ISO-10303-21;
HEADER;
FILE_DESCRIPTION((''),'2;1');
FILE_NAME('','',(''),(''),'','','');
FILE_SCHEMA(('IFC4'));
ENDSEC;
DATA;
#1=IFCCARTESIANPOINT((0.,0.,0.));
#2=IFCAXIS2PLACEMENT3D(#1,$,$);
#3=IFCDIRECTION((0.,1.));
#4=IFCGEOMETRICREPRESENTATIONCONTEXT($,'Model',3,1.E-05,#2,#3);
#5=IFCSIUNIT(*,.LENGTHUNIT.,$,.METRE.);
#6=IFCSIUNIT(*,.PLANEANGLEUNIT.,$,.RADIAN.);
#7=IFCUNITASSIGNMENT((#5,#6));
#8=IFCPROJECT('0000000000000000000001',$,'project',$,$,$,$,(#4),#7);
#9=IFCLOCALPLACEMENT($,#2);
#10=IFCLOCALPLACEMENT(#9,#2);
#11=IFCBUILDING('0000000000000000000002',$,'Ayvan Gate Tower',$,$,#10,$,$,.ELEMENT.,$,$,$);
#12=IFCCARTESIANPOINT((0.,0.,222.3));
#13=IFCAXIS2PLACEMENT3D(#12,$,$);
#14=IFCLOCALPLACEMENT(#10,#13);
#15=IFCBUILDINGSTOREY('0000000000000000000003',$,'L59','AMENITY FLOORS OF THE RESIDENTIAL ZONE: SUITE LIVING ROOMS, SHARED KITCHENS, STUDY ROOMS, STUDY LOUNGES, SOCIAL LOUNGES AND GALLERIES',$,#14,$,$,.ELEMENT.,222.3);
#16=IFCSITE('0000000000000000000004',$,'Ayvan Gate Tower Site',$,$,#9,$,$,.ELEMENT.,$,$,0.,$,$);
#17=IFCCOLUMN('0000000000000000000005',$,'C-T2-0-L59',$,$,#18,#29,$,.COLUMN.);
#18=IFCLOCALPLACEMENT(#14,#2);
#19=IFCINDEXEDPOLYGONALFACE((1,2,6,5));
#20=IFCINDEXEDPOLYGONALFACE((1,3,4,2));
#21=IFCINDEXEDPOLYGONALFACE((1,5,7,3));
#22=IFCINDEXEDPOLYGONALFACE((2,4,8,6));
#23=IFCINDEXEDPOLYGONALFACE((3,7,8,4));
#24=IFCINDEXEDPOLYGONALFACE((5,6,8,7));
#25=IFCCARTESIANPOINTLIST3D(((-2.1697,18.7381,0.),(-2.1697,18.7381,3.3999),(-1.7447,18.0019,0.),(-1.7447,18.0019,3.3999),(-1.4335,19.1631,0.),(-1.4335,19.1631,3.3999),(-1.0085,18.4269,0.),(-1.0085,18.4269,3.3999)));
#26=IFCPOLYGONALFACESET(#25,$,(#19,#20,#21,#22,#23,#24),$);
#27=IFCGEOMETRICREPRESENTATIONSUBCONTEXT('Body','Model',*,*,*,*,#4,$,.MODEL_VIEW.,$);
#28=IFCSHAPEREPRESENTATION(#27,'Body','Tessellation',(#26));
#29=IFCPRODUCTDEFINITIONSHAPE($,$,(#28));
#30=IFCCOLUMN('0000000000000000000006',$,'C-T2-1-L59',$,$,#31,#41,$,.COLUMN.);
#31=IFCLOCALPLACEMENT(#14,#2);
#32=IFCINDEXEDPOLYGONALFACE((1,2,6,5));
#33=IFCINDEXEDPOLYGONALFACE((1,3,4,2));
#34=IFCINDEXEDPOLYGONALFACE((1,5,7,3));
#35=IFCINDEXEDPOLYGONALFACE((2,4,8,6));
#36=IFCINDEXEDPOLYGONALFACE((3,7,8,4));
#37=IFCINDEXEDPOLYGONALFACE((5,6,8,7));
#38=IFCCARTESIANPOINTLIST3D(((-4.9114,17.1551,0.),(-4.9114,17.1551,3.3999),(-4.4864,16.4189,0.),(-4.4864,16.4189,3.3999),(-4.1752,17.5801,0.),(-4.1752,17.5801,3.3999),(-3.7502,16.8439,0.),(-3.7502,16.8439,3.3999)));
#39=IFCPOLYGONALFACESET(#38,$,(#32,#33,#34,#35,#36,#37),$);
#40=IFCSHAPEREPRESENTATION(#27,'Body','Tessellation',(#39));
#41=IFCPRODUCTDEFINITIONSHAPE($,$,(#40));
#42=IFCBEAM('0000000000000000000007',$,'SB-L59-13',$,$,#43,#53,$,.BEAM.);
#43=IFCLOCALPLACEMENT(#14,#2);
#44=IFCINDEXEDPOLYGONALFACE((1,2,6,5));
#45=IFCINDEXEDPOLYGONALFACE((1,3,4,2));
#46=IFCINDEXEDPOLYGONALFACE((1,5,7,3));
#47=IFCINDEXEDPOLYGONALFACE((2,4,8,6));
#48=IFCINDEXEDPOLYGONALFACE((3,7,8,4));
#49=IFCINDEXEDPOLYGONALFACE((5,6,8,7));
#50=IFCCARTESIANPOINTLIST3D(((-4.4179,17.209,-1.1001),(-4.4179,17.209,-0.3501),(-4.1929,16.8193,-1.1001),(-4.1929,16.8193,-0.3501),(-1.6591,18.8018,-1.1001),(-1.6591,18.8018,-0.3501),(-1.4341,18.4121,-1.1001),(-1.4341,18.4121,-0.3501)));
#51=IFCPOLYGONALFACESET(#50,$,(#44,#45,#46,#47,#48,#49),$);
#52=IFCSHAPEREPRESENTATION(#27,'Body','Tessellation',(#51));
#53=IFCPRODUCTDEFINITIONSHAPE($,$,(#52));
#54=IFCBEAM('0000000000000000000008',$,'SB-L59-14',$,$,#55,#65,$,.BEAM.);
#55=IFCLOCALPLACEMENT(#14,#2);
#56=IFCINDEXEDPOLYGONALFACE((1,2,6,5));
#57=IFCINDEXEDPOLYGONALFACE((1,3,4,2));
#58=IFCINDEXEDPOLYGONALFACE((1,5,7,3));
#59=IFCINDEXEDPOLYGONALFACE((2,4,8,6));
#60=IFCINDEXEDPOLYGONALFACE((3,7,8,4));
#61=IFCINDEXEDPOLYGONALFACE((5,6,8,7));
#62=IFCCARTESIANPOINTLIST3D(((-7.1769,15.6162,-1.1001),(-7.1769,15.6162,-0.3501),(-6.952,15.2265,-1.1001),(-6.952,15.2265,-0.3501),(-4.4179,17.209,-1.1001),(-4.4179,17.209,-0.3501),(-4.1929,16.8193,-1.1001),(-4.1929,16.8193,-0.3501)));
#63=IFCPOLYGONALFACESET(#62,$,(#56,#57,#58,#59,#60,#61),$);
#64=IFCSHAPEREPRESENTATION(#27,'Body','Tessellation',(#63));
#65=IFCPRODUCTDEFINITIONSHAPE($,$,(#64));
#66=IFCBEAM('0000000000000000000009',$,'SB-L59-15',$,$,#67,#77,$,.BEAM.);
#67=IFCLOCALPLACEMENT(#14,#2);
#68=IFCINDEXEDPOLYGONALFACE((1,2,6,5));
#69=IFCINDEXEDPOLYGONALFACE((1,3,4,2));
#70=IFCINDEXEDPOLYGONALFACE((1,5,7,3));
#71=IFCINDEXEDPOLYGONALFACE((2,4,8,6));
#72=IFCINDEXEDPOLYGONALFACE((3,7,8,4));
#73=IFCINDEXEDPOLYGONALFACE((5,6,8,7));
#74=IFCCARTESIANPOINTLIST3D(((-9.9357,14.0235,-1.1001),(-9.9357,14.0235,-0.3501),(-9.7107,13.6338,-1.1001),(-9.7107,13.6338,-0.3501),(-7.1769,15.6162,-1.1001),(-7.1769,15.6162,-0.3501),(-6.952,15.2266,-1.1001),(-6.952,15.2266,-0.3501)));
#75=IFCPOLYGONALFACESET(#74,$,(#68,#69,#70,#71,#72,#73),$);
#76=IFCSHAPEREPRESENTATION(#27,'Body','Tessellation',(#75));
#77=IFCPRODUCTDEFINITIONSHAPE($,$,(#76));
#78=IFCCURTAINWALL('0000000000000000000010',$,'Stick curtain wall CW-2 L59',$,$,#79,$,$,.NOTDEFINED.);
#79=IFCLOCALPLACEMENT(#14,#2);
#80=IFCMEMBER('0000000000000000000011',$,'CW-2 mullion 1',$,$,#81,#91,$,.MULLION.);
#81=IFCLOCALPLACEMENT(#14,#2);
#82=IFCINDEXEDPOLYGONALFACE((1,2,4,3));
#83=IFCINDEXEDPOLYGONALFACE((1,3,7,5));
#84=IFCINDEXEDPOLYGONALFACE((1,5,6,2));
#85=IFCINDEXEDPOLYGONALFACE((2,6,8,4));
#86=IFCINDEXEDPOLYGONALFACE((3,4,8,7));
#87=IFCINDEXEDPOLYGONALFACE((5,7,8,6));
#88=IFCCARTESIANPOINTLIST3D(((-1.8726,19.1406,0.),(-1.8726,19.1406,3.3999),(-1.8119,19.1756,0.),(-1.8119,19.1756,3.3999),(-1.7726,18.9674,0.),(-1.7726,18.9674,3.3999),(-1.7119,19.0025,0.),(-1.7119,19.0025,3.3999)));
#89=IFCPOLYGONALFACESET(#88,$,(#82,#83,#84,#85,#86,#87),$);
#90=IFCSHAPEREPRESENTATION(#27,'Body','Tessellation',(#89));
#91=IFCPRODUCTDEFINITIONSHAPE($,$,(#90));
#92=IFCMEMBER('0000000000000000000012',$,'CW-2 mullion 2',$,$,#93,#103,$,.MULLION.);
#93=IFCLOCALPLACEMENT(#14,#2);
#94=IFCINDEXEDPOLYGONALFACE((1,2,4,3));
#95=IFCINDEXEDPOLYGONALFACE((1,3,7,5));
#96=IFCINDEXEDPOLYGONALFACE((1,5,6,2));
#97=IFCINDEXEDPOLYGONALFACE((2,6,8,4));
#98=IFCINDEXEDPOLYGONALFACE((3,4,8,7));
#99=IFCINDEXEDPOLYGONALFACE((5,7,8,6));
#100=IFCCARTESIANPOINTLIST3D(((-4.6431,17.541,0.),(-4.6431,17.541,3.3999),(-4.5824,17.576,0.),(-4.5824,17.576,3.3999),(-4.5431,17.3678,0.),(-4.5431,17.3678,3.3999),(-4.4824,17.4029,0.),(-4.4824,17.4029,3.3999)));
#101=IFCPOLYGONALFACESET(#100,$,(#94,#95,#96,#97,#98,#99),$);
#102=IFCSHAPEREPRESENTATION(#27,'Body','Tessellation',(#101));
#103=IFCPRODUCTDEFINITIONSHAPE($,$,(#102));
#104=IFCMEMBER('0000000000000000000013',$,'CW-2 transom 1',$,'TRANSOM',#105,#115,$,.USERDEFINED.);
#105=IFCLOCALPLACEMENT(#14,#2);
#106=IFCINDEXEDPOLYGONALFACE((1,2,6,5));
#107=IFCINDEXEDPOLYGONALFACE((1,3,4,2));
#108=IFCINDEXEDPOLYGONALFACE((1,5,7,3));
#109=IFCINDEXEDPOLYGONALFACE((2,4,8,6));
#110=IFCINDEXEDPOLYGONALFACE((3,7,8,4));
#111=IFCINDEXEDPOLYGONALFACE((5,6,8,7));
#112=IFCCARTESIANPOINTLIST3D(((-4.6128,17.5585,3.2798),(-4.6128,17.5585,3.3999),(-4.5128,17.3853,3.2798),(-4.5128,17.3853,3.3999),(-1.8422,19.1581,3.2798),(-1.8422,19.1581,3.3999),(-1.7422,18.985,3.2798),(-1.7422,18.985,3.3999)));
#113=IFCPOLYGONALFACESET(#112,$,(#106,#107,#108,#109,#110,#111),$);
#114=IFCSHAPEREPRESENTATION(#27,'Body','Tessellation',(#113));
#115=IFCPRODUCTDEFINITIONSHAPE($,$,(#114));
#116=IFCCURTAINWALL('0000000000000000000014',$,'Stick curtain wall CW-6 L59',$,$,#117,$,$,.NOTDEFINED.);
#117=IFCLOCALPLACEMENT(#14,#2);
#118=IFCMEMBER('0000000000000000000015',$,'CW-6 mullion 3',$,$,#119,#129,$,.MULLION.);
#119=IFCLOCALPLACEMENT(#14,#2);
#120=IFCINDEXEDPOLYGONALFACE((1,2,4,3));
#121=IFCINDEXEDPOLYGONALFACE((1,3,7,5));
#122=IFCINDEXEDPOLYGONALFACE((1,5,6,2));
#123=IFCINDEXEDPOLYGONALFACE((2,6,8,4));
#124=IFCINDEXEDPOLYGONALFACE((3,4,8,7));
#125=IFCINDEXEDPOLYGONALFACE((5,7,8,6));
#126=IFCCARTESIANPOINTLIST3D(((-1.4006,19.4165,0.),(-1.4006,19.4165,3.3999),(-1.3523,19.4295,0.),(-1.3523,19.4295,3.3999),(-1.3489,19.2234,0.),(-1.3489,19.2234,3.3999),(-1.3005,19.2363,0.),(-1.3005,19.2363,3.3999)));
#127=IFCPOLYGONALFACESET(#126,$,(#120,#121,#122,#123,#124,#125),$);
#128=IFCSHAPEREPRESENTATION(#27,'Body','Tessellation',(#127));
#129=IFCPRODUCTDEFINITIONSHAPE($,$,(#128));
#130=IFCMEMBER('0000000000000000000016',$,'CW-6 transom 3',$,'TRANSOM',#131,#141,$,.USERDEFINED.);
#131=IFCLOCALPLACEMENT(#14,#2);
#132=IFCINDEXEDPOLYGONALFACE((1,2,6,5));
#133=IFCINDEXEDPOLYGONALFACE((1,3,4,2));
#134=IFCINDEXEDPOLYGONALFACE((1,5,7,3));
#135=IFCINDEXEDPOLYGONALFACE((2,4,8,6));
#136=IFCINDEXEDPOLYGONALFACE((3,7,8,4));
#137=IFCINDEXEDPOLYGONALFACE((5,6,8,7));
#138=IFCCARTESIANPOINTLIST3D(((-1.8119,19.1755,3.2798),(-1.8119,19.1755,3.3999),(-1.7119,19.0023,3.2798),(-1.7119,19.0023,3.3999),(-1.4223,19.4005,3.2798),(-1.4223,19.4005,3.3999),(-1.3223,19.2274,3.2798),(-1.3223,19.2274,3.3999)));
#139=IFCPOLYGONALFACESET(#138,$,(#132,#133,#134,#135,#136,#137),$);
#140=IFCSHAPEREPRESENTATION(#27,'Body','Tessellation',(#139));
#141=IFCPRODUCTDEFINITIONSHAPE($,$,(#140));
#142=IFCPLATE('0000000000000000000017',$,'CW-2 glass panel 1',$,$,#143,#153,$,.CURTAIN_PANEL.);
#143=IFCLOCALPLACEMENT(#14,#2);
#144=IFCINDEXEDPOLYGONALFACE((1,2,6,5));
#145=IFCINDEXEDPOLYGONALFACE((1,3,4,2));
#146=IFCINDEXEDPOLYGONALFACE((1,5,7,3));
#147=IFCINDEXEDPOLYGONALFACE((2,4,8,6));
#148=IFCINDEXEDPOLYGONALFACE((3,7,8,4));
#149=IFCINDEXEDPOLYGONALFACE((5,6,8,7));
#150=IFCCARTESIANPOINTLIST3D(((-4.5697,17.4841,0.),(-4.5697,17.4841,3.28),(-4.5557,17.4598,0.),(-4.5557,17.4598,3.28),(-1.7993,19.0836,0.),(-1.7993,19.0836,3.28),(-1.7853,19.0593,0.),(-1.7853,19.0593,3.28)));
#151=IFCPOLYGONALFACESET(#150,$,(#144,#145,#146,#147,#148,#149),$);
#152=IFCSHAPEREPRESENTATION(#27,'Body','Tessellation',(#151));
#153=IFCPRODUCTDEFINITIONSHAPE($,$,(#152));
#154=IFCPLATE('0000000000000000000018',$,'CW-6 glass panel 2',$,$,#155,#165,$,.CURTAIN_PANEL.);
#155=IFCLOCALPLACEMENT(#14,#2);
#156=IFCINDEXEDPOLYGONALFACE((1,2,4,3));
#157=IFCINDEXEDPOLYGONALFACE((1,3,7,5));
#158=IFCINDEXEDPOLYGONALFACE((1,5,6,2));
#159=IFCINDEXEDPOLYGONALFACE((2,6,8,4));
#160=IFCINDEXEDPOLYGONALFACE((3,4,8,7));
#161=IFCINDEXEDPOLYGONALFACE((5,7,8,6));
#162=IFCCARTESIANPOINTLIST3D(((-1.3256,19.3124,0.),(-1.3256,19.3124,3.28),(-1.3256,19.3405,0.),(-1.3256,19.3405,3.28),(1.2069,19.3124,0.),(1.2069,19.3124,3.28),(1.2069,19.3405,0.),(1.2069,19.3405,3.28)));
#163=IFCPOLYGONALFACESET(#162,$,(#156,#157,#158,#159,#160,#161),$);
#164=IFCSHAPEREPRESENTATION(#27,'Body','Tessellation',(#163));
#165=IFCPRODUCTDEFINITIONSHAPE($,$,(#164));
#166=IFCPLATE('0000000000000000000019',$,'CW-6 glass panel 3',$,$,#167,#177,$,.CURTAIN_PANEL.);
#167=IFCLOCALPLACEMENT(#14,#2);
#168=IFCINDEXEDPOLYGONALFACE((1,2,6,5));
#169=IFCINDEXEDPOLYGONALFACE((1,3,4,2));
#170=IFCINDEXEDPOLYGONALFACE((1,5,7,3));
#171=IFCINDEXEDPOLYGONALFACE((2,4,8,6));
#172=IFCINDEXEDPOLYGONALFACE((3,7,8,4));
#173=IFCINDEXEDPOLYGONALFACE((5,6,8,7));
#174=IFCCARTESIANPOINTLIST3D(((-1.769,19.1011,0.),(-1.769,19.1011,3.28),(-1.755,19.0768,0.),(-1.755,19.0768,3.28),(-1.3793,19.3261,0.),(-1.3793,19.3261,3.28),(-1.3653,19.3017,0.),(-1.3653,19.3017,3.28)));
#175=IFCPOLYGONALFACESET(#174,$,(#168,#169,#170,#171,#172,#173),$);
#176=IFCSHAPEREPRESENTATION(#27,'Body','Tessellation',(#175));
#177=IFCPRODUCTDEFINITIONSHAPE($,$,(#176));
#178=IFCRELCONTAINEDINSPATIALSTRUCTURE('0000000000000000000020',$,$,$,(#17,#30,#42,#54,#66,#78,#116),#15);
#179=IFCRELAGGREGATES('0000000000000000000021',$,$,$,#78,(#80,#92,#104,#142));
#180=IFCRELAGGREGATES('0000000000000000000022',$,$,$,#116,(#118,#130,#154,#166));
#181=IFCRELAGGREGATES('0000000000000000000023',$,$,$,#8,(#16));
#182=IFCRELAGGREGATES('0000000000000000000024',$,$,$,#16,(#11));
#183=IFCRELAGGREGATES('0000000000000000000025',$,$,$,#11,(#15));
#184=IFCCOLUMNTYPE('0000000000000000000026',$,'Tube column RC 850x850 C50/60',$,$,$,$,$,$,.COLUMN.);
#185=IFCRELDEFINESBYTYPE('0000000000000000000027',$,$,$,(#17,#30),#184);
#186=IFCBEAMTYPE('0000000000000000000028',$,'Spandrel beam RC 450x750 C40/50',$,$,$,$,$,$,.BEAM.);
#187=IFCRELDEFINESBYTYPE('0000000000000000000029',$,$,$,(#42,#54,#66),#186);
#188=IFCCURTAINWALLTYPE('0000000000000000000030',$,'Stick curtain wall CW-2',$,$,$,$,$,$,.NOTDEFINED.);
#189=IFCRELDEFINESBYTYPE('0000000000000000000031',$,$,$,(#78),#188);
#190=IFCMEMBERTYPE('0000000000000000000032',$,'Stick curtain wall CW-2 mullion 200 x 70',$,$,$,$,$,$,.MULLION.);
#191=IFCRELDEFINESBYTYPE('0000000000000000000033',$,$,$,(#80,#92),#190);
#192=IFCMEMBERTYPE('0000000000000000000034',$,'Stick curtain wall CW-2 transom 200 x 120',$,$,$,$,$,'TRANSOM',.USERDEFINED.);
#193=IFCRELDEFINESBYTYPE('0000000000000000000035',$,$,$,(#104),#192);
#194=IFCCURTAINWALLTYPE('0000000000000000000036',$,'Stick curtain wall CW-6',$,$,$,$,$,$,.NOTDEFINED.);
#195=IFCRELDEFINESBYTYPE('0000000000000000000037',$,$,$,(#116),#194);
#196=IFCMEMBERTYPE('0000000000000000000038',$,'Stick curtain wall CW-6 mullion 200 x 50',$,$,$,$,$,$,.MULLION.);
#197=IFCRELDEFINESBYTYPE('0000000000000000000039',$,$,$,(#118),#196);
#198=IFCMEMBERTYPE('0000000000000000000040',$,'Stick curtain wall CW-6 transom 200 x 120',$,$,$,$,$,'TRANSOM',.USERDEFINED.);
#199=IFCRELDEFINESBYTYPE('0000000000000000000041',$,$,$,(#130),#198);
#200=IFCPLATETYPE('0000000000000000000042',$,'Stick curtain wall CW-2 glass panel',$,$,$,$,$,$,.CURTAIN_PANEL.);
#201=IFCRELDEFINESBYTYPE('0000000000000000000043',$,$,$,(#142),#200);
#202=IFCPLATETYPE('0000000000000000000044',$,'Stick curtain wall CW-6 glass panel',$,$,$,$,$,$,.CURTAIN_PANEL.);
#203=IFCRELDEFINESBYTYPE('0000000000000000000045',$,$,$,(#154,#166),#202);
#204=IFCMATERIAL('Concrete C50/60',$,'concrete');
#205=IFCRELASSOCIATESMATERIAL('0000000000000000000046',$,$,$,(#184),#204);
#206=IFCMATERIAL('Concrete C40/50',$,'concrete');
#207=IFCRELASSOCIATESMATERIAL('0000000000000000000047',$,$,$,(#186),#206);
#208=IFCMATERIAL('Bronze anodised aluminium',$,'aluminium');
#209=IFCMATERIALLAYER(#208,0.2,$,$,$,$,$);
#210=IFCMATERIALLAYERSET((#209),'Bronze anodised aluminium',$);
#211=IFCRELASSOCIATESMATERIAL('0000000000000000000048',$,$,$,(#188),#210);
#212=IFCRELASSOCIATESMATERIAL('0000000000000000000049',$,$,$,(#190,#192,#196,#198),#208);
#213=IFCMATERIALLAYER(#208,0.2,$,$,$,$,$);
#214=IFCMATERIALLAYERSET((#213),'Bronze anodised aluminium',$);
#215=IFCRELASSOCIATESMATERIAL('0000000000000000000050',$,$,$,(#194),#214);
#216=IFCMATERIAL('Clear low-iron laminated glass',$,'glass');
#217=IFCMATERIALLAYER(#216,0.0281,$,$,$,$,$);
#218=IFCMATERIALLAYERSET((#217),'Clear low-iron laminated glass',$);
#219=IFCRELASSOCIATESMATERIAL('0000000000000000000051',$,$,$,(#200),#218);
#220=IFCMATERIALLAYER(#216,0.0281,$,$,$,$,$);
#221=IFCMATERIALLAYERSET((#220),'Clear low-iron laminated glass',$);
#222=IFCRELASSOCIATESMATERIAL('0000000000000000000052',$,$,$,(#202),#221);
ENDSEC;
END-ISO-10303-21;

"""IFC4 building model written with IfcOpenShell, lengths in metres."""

from ifc_helpers import new_model, si_unit, direction, frame, origin, origin_2d, place, context, subcontext, project, spatial, rectangle, extrude, material, layer, layer_set, material_profile, profile_set, type_object, element, aggregate, save


model = new_model("IFC4")

# Units and contexts
model_context = context("Model", 3, precision=1e-05, world=origin(), true_north=direction((0.0, 1.0)))
body_context = subcontext(model_context, "Body", "Model", "MODEL_VIEW")
ifc_project = project(units=[si_unit("LENGTHUNIT", "METRE"), si_unit("PLANEANGLEUNIT", "RADIAN")], contexts=[model_context])

# Site, building, storey
site_placement = place(None, origin())
site = spatial("IfcSite", under=ifc_project, at=site_placement, Name="Ayvan Gate Tower Site", CompositionType="ELEMENT", RefElevation=0.0)
building_placement = place(site_placement, origin())
building = spatial("IfcBuilding", under=site, at=building_placement, Name="Ayvan Gate Tower", CompositionType="ELEMENT")
storey_placement = place(building_placement, frame((0.0, 0.0, 222.3)))
storey = spatial("IfcBuildingStorey", under=building, at=storey_placement, Name="L59", Description="AMENITY FLOORS OF THE RESIDENTIAL ZONE: SUITE LIVING ROOMS, SHARED KITCHENS, STUDY ROOMS, STUDY LOUNGES, SOCIAL LOUNGES AND GALLERIES", CompositionType="ELEMENT", Elevation=222.3)

# Columns
ifc_material_1 = material(Name="Concrete C50/60", Category="concrete")
ifc_material_profile_1 = material_profile(ifc_material_1, rectangle(XDim=0.8501, YDim=0.8501, at=origin_2d()), Name="RC 850x850")
ifc_profile_set_1 = profile_set([ifc_material_profile_1], Name="Concrete C50/60")
column_type = type_object("IfcColumnType", Name="Tube column RC 850x850 C50/60", PredefinedType="COLUMN", material=ifc_profile_set_1)
for number, where, z_axis, x_axis, name in (
    (1, (-1.5891, 18.5825, 0.0), (0.0, 0.0, 1.0), (-0.5, 0.866025, 0.0), "C-T2-0-L59"),
    (2, (-4.3308, 16.9995, 0.0), (0.0, 0.0, 1.0), (-0.5, 0.866025, 0.0), "C-T2-1-L59"),
):
    element("IfcColumn", number, at=place(storey_placement, frame(where, z_axis=z_axis, x_axis=x_axis)), inside=storey, type_object=column_type, Name=name, PredefinedType="COLUMN", context=body_context, shape_type="SweptSolid", body=[
        extrude(rectangle(XDim=0.8501, YDim=0.8501, at=origin_2d()), origin(), (0.0, 0.0, 1.0), 3.3999),
    ])

# Beams
ifc_material_2 = material(Name="Concrete C40/50", Category="concrete")
ifc_material_profile_2 = material_profile(ifc_material_2, rectangle(XDim=0.45, YDim=0.75, at=origin_2d()), Name="RC 450x750")
ifc_profile_set_2 = profile_set([ifc_material_profile_2], Name="Concrete C40/50")
beam_type = type_object("IfcBeamType", Name="Spandrel beam RC 450x750 C40/50", PredefinedType="BEAM", material=ifc_profile_set_2)
beam_1_placement = place(storey_placement, frame((-1.5466, 18.6069, -0.7251), z_axis=(-0.866027, -0.499997, 0.0), x_axis=(0.499997, -0.866027, 0.0)))
element("IfcBeam", 3, at=beam_1_placement, inside=storey, type_object=beam_type, Name="SB-L59-13", PredefinedType="BEAM", context=body_context, shape_type="SweptSolid", body=[
    extrude(rectangle(XDim=0.45, YDim=0.75, at=origin_2d()), origin(), (0.0, 0.0, 1.0), 3.1855),
])
beam_2_placement = place(storey_placement, frame((-4.3054, 17.0142, -0.7251), z_axis=(-0.866046, -0.499963, 0.0), x_axis=(0.499963, -0.866046, 0.0)))
element("IfcBeam", 4, at=beam_2_placement, inside=storey, type_object=beam_type, Name="SB-L59-14", PredefinedType="BEAM", context=body_context, shape_type="SweptSolid", body=[
    extrude(rectangle(XDim=0.45, YDim=0.75, at=origin_2d()), origin(), (0.0, 0.0, 1.0), 3.1858),
])
beam_3_placement = place(storey_placement, frame((-7.0645, 15.4214, -0.7251), z_axis=(-0.866027, -0.499997, 0.0), x_axis=(0.499997, -0.866027, 0.0)))
element("IfcBeam", 5, at=beam_3_placement, inside=storey, type_object=beam_type, Name="SB-L59-15", PredefinedType="BEAM", context=body_context, shape_type="SweptSolid", body=[
    extrude(rectangle(XDim=0.45, YDim=0.75, at=origin_2d()), origin(), (0.0, 0.0, 1.0), 3.1855),
])

# Curtain walls, members
ifc_material_3 = material(Name="Bronze anodised aluminium", Category="aluminium")
ifc_layer_1 = layer(ifc_material_3, 0.2)
ifc_layer_set_1 = layer_set([ifc_layer_1], Name="Bronze anodised aluminium")
curtain_wall_type_1 = type_object("IfcCurtainWallType", Name="Stick curtain wall CW-2", PredefinedType="NOTDEFINED", material=ifc_layer_set_1)
curtain_wall_1_placement = place(storey_placement, origin())
curtain_wall_1 = element("IfcCurtainWall", 6, at=curtain_wall_1_placement, inside=storey, type_object=curtain_wall_type_1, Name="Stick curtain wall CW-2 L59", PredefinedType="NOTDEFINED")
ifc_material_profile_3 = material_profile(ifc_material_3, rectangle(XDim=0.2, YDim=0.0701, at=origin_2d()), Name="Stick curtain wall CW-2 mullion 200 x 70")
ifc_profile_set_3 = profile_set([ifc_material_profile_3], Name="Bronze anodised aluminium")
member_type_1 = type_object("IfcMemberType", Name="Stick curtain wall CW-2 mullion 200 x 70", PredefinedType="MULLION", material=ifc_profile_set_3)
member_1_placement = place(storey_placement, frame((-1.7922, 19.0715, 0.0), z_axis=(0.0, 0.0, 1.0), x_axis=(-0.5, 0.866025, 0.0)))
member_1 = element("IfcMember", 7, at=member_1_placement, type_object=member_type_1, Name="CW-2 mullion 1", PredefinedType="MULLION", context=body_context, shape_type="SweptSolid", body=[
    extrude(rectangle(XDim=0.2, YDim=0.0701, at=origin_2d()), origin(), (0.0, 0.0, 1.0), 3.3999),
])
member_2_placement = place(storey_placement, frame((-4.5627, 17.4719, 0.0), z_axis=(0.0, 0.0, 1.0), x_axis=(-0.5, 0.866025, 0.0)))
member_2 = element("IfcMember", 8, at=member_2_placement, type_object=member_type_1, Name="CW-2 mullion 2", PredefinedType="MULLION", context=body_context, shape_type="SweptSolid", body=[
    extrude(rectangle(XDim=0.2, YDim=0.0701, at=origin_2d()), origin(), (0.0, 0.0, 1.0), 3.3999),
])
ifc_material_profile_4 = material_profile(ifc_material_3, rectangle(XDim=0.2, YDim=0.1201, at=origin_2d()), Name="Stick curtain wall CW-2 transom 200 x 120")
ifc_profile_set_4 = profile_set([ifc_material_profile_4], Name="Bronze anodised aluminium")
member_type_2 = type_object("IfcMemberType", Name="Stick curtain wall CW-2 transom 200 x 120", ElementType="TRANSOM", PredefinedType="USERDEFINED", material=ifc_profile_set_4)
member_3_placement = place(storey_placement, frame((-1.7922, 19.0715, 3.3398), z_axis=(-0.866018, -0.500013, 0.0), x_axis=(0.500013, -0.866018, 0.0)))
member_3 = element("IfcMember", 9, at=member_3_placement, type_object=member_type_2, Name="CW-2 transom 1", ObjectType="TRANSOM", PredefinedType="USERDEFINED", context=body_context, shape_type="SweptSolid", body=[
    extrude(rectangle(XDim=0.2, YDim=0.1201, at=origin_2d()), origin(), (0.0, 0.0, 1.0), 3.1992),
])
ifc_layer_2 = layer(ifc_material_3, 0.2)
ifc_layer_set_2 = layer_set([ifc_layer_2], Name="Bronze anodised aluminium")
curtain_wall_type_2 = type_object("IfcCurtainWallType", Name="Stick curtain wall CW-6", PredefinedType="NOTDEFINED", material=ifc_layer_set_2)
curtain_wall_2_placement = place(storey_placement, origin())
curtain_wall_2 = element("IfcCurtainWall", 10, at=curtain_wall_2_placement, inside=storey, type_object=curtain_wall_type_2, Name="Stick curtain wall CW-6 L59", PredefinedType="NOTDEFINED")
ifc_material_profile_5 = material_profile(ifc_material_3, rectangle(XDim=0.2, YDim=0.05, at=origin_2d()), Name="Stick curtain wall CW-6 mullion 200 x 50")
ifc_profile_set_5 = profile_set([ifc_material_profile_5], Name="Bronze anodised aluminium")
member_type_3 = type_object("IfcMemberType", Name="Stick curtain wall CW-6 mullion 200 x 50", PredefinedType="MULLION", material=ifc_profile_set_5)
member_4_placement = place(storey_placement, frame((-1.3506, 19.3264, 0.0), z_axis=(0.0, 0.0, 1.0), x_axis=(-0.258819, 0.965926, 0.0)))
member_4 = element("IfcMember", 11, at=member_4_placement, type_object=member_type_3, Name="CW-6 mullion 3", PredefinedType="MULLION", context=body_context, shape_type="SweptSolid", body=[
    extrude(rectangle(XDim=0.2, YDim=0.05, at=origin_2d()), origin(), (0.0, 0.0, 1.0), 3.3999),
])
ifc_material_profile_6 = material_profile(ifc_material_3, rectangle(XDim=0.2, YDim=0.1201, at=origin_2d()), Name="Stick curtain wall CW-6 transom 200 x 120")
ifc_profile_set_6 = profile_set([ifc_material_profile_6], Name="Bronze anodised aluminium")
member_type_4 = type_object("IfcMemberType", Name="Stick curtain wall CW-6 transom 200 x 120", ElementType="TRANSOM", PredefinedType="USERDEFINED", material=ifc_profile_set_6)
member_5_placement = place(storey_placement, frame((-1.3723, 19.314, 3.3398), z_axis=(-0.865896, -0.500223, 0.0), x_axis=(0.500223, -0.865896, 0.0)))
member_5 = element("IfcMember", 12, at=member_5_placement, type_object=member_type_4, Name="CW-6 transom 3", ObjectType="TRANSOM", PredefinedType="USERDEFINED", context=body_context, shape_type="SweptSolid", body=[
    extrude(rectangle(XDim=0.2, YDim=0.1201, at=origin_2d()), origin(), (0.0, 0.0, 1.0), 0.45),
])

# Plates
ifc_material_4 = material(Name="Clear low-iron laminated glass", Category="glass")
ifc_layer_3 = layer(ifc_material_4, 0.0281)
ifc_layer_set_3 = layer_set([ifc_layer_3], Name="Clear low-iron laminated glass")
plate_type_1 = type_object("IfcPlateType", Name="Stick curtain wall CW-2 glass panel", PredefinedType="CURTAIN_PANEL", material=ifc_layer_set_3)
plate_1_placement = place(storey_placement, frame((-3.1775, 18.2717, 0.0), z_axis=(0.0, 0.0, 1.0), x_axis=(-0.866025, -0.5, 0.0)))
plate_1 = element("IfcPlate", 13, at=plate_1_placement, type_object=plate_type_1, Name="CW-2 glass panel 1", PredefinedType="CURTAIN_PANEL", context=body_context, shape_type="SweptSolid", body=[
    extrude(rectangle(XDim=3.199, YDim=0.0281, at=origin_2d()), origin(), (0.0, 0.0, 1.0), 3.28),
])
aggregate(curtain_wall_1, [member_1, member_2, member_3, plate_1])
ifc_layer_4 = layer(ifc_material_4, 0.0281)
ifc_layer_set_4 = layer_set([ifc_layer_4], Name="Clear low-iron laminated glass")
plate_type_2 = type_object("IfcPlateType", Name="Stick curtain wall CW-6 glass panel", PredefinedType="CURTAIN_PANEL", material=ifc_layer_set_4)
plate_2_placement = place(storey_placement, frame((-0.0593, 19.3264, 0.0), z_axis=(0.0, 0.0, 1.0), x_axis=(-1.0, 0.0, 0.0)))
plate_2 = element("IfcPlate", 14, at=plate_2_placement, type_object=plate_type_2, Name="CW-6 glass panel 2", PredefinedType="CURTAIN_PANEL", context=body_context, shape_type="SweptSolid", body=[
    extrude(rectangle(XDim=2.5325, YDim=0.0281, at=origin_2d()), origin(), (0.0, 0.0, 1.0), 3.28),
])
plate_3_placement = place(storey_placement, frame((-1.5671, 19.2014, 0.0), z_axis=(0.0, 0.0, 1.0), x_axis=(-0.866025, -0.5, 0.0)))
plate_3 = element("IfcPlate", 15, at=plate_3_placement, type_object=plate_type_2, Name="CW-6 glass panel 3", PredefinedType="CURTAIN_PANEL", context=body_context, shape_type="SweptSolid", body=[
    extrude(rectangle(XDim=0.45, YDim=0.0281, at=origin_2d()), origin(), (0.0, 0.0, 1.0), 3.28),
])
aggregate(curtain_wall_2, [member_4, member_5, plate_2, plate_3])

save(model, "model.ifc")
